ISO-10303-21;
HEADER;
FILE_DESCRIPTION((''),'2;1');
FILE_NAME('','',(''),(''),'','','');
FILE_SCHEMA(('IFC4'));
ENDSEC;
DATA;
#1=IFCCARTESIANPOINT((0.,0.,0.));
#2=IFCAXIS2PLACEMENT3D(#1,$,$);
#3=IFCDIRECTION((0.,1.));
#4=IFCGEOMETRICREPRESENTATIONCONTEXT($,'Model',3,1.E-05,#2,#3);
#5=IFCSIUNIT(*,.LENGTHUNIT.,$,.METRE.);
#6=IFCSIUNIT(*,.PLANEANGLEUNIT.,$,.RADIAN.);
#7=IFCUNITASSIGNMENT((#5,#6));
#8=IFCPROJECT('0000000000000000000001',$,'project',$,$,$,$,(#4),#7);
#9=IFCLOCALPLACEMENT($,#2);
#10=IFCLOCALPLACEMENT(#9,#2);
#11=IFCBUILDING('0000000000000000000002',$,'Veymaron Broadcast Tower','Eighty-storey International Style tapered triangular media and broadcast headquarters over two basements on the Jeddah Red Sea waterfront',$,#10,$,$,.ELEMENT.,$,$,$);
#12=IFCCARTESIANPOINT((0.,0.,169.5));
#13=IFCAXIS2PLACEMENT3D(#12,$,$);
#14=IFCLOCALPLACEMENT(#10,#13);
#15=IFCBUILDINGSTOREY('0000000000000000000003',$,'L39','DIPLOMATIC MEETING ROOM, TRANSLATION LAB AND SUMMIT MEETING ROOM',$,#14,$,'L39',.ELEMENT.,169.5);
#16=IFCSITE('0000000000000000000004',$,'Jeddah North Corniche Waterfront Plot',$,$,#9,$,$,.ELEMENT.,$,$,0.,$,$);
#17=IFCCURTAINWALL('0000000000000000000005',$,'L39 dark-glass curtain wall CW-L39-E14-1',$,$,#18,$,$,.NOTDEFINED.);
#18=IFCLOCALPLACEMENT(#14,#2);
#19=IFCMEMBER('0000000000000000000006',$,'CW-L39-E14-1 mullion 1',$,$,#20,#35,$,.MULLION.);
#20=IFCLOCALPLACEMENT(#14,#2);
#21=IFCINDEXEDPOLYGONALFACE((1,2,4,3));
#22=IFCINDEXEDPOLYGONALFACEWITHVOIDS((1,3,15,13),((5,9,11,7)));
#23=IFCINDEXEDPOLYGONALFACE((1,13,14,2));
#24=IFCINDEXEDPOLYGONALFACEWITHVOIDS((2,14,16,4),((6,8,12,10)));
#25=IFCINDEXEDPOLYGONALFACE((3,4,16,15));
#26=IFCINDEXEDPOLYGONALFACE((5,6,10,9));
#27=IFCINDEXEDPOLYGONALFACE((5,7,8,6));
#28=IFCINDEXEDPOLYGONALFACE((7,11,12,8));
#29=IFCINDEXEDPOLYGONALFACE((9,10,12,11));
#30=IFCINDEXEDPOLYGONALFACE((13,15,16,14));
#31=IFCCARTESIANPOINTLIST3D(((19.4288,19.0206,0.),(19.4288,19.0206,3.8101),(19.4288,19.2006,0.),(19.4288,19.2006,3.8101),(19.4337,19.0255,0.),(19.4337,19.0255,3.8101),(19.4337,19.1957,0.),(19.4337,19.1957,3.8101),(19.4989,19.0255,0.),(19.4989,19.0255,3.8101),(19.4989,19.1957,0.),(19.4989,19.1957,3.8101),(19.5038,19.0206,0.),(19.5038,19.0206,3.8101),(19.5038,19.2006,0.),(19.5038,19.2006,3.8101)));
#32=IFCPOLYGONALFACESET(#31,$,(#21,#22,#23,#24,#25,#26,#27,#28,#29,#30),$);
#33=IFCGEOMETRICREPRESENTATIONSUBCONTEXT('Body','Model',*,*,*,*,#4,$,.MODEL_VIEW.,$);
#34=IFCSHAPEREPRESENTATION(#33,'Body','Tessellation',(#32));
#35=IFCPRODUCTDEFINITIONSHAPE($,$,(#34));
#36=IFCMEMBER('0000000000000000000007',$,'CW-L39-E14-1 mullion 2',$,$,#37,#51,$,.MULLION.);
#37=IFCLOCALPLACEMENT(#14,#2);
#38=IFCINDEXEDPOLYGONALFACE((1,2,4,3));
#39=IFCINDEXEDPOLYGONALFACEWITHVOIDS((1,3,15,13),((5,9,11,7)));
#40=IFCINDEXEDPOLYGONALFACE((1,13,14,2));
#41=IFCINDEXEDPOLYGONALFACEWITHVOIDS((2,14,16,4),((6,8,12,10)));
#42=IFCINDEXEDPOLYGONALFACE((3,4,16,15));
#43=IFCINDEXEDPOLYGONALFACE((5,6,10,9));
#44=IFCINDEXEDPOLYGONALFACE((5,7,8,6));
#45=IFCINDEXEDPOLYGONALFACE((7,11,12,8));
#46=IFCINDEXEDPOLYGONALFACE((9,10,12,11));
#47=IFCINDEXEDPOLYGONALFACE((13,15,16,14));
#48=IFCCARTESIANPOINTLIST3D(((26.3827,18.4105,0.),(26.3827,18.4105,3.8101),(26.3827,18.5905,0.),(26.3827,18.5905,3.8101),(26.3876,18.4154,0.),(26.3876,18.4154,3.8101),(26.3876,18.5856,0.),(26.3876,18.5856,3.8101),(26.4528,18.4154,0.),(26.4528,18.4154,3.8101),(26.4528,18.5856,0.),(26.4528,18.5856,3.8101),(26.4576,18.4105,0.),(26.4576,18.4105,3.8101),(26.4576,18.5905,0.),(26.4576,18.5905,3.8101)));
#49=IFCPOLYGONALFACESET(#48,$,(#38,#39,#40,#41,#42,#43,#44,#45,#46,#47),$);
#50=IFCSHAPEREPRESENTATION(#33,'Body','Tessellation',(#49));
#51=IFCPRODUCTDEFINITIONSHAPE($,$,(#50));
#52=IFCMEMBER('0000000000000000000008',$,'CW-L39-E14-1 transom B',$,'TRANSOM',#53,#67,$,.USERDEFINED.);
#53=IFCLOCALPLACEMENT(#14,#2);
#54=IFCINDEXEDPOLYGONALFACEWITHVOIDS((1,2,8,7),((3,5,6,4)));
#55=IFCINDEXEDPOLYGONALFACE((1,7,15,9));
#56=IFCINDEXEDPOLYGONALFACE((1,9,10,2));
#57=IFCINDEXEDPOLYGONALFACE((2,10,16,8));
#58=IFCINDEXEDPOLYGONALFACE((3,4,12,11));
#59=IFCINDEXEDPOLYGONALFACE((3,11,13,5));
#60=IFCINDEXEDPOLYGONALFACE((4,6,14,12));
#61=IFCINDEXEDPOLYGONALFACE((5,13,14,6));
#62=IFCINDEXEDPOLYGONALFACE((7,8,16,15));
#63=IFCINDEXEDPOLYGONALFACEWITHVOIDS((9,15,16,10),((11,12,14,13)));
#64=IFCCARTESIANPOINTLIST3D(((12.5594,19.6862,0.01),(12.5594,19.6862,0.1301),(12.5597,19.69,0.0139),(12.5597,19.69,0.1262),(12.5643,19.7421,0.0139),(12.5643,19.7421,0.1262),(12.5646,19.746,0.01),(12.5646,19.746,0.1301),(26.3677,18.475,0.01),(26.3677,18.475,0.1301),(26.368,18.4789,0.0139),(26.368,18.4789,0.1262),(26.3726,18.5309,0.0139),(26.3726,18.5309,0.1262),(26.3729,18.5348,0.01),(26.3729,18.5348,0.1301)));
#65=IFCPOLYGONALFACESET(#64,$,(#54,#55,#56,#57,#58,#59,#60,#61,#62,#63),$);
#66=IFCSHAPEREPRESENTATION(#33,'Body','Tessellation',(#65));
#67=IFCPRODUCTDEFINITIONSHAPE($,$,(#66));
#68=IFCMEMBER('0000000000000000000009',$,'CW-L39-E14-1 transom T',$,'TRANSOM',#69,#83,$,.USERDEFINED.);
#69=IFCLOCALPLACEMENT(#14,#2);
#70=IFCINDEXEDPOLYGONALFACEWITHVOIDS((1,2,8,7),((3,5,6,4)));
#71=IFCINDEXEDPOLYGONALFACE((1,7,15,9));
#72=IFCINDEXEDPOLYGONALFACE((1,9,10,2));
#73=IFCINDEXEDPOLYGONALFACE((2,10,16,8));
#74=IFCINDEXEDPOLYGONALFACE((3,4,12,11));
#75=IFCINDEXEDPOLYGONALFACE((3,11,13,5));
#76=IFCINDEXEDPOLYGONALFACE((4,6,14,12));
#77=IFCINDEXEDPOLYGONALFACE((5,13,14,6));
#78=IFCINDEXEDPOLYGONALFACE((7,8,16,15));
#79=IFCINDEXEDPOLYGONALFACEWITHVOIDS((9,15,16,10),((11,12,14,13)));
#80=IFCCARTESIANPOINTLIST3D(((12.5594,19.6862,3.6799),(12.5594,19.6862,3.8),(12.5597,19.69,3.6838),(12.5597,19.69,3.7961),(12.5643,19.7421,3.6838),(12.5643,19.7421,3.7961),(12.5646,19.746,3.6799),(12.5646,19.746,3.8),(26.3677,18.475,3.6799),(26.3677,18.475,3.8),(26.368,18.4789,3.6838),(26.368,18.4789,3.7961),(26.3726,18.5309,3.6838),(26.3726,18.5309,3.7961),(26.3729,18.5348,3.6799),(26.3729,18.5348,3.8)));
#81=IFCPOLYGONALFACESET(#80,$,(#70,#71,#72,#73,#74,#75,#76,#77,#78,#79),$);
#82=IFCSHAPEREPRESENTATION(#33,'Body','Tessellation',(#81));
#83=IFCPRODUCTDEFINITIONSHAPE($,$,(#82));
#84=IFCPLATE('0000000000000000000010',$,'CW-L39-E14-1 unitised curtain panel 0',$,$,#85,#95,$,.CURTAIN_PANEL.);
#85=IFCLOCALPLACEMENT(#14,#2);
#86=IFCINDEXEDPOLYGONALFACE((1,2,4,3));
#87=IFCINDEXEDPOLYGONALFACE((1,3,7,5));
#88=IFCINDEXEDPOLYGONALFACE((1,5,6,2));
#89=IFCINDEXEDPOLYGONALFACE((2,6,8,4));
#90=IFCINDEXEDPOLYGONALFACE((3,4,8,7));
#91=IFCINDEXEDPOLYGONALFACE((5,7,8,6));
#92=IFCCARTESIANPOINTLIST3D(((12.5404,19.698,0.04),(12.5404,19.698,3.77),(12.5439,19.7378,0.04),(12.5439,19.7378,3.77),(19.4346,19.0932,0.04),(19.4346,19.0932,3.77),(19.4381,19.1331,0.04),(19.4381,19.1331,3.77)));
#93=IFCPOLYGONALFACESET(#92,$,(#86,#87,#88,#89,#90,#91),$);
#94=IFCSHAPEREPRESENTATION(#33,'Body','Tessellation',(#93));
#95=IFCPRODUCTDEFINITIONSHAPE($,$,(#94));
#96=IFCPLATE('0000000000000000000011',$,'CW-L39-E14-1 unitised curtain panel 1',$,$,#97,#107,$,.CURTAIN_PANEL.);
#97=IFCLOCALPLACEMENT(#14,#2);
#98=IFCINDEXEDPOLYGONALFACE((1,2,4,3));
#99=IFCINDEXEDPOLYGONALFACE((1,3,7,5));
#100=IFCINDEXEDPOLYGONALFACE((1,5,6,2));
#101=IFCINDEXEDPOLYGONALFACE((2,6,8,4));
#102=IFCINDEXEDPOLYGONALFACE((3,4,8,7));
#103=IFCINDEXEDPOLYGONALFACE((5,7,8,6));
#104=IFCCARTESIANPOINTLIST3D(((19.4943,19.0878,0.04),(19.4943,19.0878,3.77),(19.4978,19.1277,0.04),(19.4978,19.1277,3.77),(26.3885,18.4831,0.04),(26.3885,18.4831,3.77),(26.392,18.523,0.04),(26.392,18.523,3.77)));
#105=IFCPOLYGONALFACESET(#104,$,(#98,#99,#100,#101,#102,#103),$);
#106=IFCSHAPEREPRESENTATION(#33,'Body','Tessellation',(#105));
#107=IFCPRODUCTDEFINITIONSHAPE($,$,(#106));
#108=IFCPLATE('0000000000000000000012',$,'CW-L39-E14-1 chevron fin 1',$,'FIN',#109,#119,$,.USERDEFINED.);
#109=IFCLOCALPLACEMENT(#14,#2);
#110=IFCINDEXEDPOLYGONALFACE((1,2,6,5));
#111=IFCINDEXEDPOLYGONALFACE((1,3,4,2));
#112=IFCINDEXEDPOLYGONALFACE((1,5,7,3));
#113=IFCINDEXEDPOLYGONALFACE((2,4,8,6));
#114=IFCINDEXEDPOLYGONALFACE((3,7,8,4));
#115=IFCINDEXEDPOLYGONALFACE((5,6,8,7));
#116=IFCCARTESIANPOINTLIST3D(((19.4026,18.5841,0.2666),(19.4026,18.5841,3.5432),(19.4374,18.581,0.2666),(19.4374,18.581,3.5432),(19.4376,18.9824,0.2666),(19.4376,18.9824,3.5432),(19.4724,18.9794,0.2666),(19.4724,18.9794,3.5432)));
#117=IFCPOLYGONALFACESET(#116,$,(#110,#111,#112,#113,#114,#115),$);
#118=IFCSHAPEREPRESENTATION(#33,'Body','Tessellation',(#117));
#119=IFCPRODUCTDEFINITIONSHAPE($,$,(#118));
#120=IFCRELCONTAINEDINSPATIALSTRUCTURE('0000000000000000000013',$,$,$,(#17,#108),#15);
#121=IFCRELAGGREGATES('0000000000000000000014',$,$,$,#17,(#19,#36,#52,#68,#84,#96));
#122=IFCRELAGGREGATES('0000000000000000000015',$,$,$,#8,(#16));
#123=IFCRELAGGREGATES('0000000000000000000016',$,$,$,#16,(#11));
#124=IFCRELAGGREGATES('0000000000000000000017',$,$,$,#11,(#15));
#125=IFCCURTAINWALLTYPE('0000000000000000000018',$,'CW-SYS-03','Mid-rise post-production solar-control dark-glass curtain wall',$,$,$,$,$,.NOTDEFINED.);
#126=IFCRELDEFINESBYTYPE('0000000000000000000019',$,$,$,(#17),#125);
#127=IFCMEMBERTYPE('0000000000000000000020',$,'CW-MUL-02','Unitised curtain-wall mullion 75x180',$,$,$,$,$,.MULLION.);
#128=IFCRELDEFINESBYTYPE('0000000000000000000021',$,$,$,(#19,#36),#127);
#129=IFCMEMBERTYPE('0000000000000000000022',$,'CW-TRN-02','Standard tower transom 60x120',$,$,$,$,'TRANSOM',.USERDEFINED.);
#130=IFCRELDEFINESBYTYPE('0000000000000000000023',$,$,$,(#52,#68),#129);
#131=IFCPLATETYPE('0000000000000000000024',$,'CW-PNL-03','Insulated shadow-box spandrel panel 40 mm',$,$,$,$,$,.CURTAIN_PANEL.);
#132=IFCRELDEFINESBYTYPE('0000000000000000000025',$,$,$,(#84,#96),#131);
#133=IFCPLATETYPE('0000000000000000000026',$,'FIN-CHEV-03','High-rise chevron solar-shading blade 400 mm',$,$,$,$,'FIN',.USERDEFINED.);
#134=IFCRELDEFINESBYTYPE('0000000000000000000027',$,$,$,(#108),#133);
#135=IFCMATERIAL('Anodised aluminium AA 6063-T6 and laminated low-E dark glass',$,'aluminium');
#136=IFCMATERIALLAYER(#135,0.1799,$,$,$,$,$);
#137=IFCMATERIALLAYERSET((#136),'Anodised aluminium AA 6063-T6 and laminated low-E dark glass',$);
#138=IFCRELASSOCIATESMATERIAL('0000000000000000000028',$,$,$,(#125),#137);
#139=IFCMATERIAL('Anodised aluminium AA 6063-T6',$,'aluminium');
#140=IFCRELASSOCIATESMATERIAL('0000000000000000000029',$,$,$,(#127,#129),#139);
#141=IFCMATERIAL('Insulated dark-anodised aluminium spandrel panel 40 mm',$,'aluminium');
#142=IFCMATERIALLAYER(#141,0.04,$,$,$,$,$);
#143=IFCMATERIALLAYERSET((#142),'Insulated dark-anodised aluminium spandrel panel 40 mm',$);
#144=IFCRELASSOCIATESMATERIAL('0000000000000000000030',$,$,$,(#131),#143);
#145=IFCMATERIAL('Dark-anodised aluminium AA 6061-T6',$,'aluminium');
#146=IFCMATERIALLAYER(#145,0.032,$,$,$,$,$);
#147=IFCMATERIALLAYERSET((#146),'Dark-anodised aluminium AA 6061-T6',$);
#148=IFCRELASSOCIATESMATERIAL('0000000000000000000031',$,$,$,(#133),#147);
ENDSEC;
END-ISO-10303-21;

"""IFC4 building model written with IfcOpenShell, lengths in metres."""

from ifc_helpers import new_model, si_unit, direction, frame, origin, origin_2d, place, context, subcontext, project, spatial, rectangle, hollow_rectangle, extrude, material, layer, layer_set, material_profile, profile_set, type_object, element, aggregate, save


model = new_model("IFC4")

# Units and contexts
model_context = context("Model", 3, precision=1e-05, world=origin(), true_north=direction((0.0, 1.0)))
body_context = subcontext(model_context, "Body", "Model", "MODEL_VIEW")
ifc_project = project(units=[si_unit("LENGTHUNIT", "METRE"), si_unit("PLANEANGLEUNIT", "RADIAN")], contexts=[model_context])

# Site, building, storey
site_placement = place(None, origin())
site = spatial("IfcSite", under=ifc_project, at=site_placement, Name="Jeddah North Corniche Waterfront Plot", CompositionType="ELEMENT", RefElevation=0.0)
building_placement = place(site_placement, origin())
building = spatial("IfcBuilding", under=site, at=building_placement, Name="Veymaron Broadcast Tower", Description="Eighty-storey International Style tapered triangular media and broadcast headquarters over two basements on the Jeddah Red Sea waterfront", CompositionType="ELEMENT")
storey_placement = place(building_placement, frame((0.0, 0.0, 169.5)))
storey = spatial("IfcBuildingStorey", under=building, at=storey_placement, Name="L39", Description="DIPLOMATIC MEETING ROOM, TRANSLATION LAB AND SUMMIT MEETING ROOM", LongName="L39", CompositionType="ELEMENT", Elevation=169.5)

# Curtain wall, members, plates
ifc_material_1 = material(Name="Anodised aluminium AA 6063-T6 and laminated low-E dark glass", Category="aluminium")
ifc_layer_1 = layer(ifc_material_1, 0.1799)
ifc_layer_set_1 = layer_set([ifc_layer_1], Name="Anodised aluminium AA 6063-T6 and laminated low-E dark glass")
curtain_wall_type = type_object("IfcCurtainWallType", Name="CW-SYS-03", Description="Mid-rise post-production solar-control dark-glass curtain wall", PredefinedType="NOTDEFINED", material=ifc_layer_set_1)
curtain_wall_placement = place(storey_placement, origin())
curtain_wall = element("IfcCurtainWall", 1, at=curtain_wall_placement, inside=storey, type_object=curtain_wall_type, Name="L39 dark-glass curtain wall CW-L39-E14-1", PredefinedType="NOTDEFINED")
ifc_material_2 = material(Name="Anodised aluminium AA 6063-T6", Category="aluminium")
ifc_material_profile_1 = material_profile(ifc_material_2, hollow_rectangle(XDim=0.075, YDim=0.1799, WallThickness=0.0049, at=origin_2d()), Name="AL180X75X5")
ifc_profile_set_1 = profile_set([ifc_material_profile_1], Name="Anodised aluminium AA 6063-T6")
member_type_1 = type_object("IfcMemberType", Name="CW-MUL-02", Description="Unitised curtain-wall mullion 75x180", PredefinedType="MULLION", material=ifc_profile_set_1)
member_1_placement = place(storey_placement, frame((19.4663, 19.1106, 0.0), z_axis=(0.0, 0.0, 1.0), x_axis=(1.0, 0.0, 0.0)))
member_1 = element("IfcMember", 2, at=member_1_placement, type_object=member_type_1, Name="CW-L39-E14-1 mullion 1", PredefinedType="MULLION", context=body_context, shape_type="SweptSolid", body=[
    extrude(hollow_rectangle(XDim=0.075, YDim=0.1799, WallThickness=0.0049, at=origin_2d()), origin(), (0.0, 0.0, 1.0), 3.8101),
])
member_2_placement = place(storey_placement, frame((26.4202, 18.5005, 0.0), z_axis=(0.0, 0.0, 1.0), x_axis=(1.0, 0.0, 0.0)))
member_2 = element("IfcMember", 3, at=member_2_placement, type_object=member_type_1, Name="CW-L39-E14-1 mullion 2", PredefinedType="MULLION", context=body_context, shape_type="SweptSolid", body=[
    extrude(hollow_rectangle(XDim=0.075, YDim=0.1799, WallThickness=0.0049, at=origin_2d()), origin(), (0.0, 0.0, 1.0), 3.8101),
])
ifc_material_profile_2 = material_profile(ifc_material_2, hollow_rectangle(XDim=0.0601, YDim=0.1201, WallThickness=0.0039, at=origin_2d()), Name="AL120X60X4")
ifc_profile_set_2 = profile_set([ifc_material_profile_2], Name="Anodised aluminium AA 6063-T6")
member_type_2 = type_object("IfcMemberType", Name="CW-TRN-02", Description="Standard tower transom 60x120", ElementType="TRANSOM", PredefinedType="USERDEFINED", material=ifc_profile_set_2)
member_3_placement = place(storey_placement, frame((12.562, 19.7161, 0.0701), z_axis=(0.996175, -0.087378, 0.0), x_axis=(0.087378, 0.996175, 0.0)))
member_3 = element("IfcMember", 4, at=member_3_placement, type_object=member_type_2, Name="CW-L39-E14-1 transom B", ObjectType="TRANSOM", PredefinedType="USERDEFINED", context=body_context, shape_type="SweptSolid", body=[
    extrude(hollow_rectangle(XDim=0.0601, YDim=0.1201, WallThickness=0.0039, at=origin_2d()), origin(), (0.0, 0.0, 1.0), 13.8613),
])
member_4_placement = place(storey_placement, frame((12.562, 19.7161, 3.74), z_axis=(0.996175, -0.087378, 0.0), x_axis=(0.087378, 0.996175, 0.0)))
member_4 = element("IfcMember", 5, at=member_4_placement, type_object=member_type_2, Name="CW-L39-E14-1 transom T", ObjectType="TRANSOM", PredefinedType="USERDEFINED", context=body_context, shape_type="SweptSolid", body=[
    extrude(hollow_rectangle(XDim=0.0601, YDim=0.1201, WallThickness=0.0039, at=origin_2d()), origin(), (0.0, 0.0, 1.0), 13.8613),
])
ifc_material_3 = material(Name="Insulated dark-anodised aluminium spandrel panel 40 mm", Category="aluminium")
ifc_layer_2 = layer(ifc_material_3, 0.04)
ifc_layer_set_2 = layer_set([ifc_layer_2], Name="Insulated dark-anodised aluminium spandrel panel 40 mm")
plate_type_1 = type_object("IfcPlateType", Name="CW-PNL-03", Description="Insulated shadow-box spandrel panel 40 mm", PredefinedType="CURTAIN_PANEL", material=ifc_layer_set_2)
plate_1_placement = place(storey_placement, frame((15.9893, 19.4155, 0.04), z_axis=(0.0, 0.0, 1.0), x_axis=(0.996175, -0.087382, 0.0)))
plate_1 = element("IfcPlate", 6, at=plate_1_placement, type_object=plate_type_1, Name="CW-L39-E14-1 unitised curtain panel 0", PredefinedType="CURTAIN_PANEL", context=body_context, shape_type="SweptSolid", body=[
    extrude(rectangle(XDim=6.9207, YDim=0.04, at=origin_2d()), origin(), (0.0, 0.0, 1.0), 3.73),
])
plate_2_placement = place(storey_placement, frame((22.9431, 18.8054, 0.04), z_axis=(0.0, 0.0, 1.0), x_axis=(0.996175, -0.087382, 0.0)))
plate_2 = element("IfcPlate", 7, at=plate_2_placement, type_object=plate_type_1, Name="CW-L39-E14-1 unitised curtain panel 1", PredefinedType="CURTAIN_PANEL", context=body_context, shape_type="SweptSolid", body=[
    extrude(rectangle(XDim=6.9207, YDim=0.04, at=origin_2d()), origin(), (0.0, 0.0, 1.0), 3.73),
])
aggregate(curtain_wall, [member_1, member_2, member_3, member_4, plate_1, plate_2])

# Plate
ifc_material_4 = material(Name="Dark-anodised aluminium AA 6061-T6", Category="aluminium")
ifc_layer_3 = layer(ifc_material_4, 0.032)
ifc_layer_set_3 = layer_set([ifc_layer_3], Name="Dark-anodised aluminium AA 6061-T6")
plate_type_2 = type_object("IfcPlateType", Name="FIN-CHEV-03", Description="High-rise chevron solar-shading blade 400 mm", ElementType="FIN", PredefinedType="USERDEFINED", material=ifc_layer_set_3)
plate_3_placement = place(storey_placement, frame((19.4375, 18.7817, 0.2666), z_axis=(0.0, 0.0, 1.0), x_axis=(-0.087382, -0.996175, 0.0)))
element("IfcPlate", 8, at=plate_3_placement, inside=storey, type_object=plate_type_2, Name="CW-L39-E14-1 chevron fin 1", ObjectType="FIN", PredefinedType="USERDEFINED", context=body_context, shape_type="SweptSolid", body=[
    extrude(rectangle(XDim=0.3999, YDim=0.0349, at=origin_2d()), origin(), (0.0, 0.0, 1.0), 3.2766),
])

save(model, "model.ifc")
